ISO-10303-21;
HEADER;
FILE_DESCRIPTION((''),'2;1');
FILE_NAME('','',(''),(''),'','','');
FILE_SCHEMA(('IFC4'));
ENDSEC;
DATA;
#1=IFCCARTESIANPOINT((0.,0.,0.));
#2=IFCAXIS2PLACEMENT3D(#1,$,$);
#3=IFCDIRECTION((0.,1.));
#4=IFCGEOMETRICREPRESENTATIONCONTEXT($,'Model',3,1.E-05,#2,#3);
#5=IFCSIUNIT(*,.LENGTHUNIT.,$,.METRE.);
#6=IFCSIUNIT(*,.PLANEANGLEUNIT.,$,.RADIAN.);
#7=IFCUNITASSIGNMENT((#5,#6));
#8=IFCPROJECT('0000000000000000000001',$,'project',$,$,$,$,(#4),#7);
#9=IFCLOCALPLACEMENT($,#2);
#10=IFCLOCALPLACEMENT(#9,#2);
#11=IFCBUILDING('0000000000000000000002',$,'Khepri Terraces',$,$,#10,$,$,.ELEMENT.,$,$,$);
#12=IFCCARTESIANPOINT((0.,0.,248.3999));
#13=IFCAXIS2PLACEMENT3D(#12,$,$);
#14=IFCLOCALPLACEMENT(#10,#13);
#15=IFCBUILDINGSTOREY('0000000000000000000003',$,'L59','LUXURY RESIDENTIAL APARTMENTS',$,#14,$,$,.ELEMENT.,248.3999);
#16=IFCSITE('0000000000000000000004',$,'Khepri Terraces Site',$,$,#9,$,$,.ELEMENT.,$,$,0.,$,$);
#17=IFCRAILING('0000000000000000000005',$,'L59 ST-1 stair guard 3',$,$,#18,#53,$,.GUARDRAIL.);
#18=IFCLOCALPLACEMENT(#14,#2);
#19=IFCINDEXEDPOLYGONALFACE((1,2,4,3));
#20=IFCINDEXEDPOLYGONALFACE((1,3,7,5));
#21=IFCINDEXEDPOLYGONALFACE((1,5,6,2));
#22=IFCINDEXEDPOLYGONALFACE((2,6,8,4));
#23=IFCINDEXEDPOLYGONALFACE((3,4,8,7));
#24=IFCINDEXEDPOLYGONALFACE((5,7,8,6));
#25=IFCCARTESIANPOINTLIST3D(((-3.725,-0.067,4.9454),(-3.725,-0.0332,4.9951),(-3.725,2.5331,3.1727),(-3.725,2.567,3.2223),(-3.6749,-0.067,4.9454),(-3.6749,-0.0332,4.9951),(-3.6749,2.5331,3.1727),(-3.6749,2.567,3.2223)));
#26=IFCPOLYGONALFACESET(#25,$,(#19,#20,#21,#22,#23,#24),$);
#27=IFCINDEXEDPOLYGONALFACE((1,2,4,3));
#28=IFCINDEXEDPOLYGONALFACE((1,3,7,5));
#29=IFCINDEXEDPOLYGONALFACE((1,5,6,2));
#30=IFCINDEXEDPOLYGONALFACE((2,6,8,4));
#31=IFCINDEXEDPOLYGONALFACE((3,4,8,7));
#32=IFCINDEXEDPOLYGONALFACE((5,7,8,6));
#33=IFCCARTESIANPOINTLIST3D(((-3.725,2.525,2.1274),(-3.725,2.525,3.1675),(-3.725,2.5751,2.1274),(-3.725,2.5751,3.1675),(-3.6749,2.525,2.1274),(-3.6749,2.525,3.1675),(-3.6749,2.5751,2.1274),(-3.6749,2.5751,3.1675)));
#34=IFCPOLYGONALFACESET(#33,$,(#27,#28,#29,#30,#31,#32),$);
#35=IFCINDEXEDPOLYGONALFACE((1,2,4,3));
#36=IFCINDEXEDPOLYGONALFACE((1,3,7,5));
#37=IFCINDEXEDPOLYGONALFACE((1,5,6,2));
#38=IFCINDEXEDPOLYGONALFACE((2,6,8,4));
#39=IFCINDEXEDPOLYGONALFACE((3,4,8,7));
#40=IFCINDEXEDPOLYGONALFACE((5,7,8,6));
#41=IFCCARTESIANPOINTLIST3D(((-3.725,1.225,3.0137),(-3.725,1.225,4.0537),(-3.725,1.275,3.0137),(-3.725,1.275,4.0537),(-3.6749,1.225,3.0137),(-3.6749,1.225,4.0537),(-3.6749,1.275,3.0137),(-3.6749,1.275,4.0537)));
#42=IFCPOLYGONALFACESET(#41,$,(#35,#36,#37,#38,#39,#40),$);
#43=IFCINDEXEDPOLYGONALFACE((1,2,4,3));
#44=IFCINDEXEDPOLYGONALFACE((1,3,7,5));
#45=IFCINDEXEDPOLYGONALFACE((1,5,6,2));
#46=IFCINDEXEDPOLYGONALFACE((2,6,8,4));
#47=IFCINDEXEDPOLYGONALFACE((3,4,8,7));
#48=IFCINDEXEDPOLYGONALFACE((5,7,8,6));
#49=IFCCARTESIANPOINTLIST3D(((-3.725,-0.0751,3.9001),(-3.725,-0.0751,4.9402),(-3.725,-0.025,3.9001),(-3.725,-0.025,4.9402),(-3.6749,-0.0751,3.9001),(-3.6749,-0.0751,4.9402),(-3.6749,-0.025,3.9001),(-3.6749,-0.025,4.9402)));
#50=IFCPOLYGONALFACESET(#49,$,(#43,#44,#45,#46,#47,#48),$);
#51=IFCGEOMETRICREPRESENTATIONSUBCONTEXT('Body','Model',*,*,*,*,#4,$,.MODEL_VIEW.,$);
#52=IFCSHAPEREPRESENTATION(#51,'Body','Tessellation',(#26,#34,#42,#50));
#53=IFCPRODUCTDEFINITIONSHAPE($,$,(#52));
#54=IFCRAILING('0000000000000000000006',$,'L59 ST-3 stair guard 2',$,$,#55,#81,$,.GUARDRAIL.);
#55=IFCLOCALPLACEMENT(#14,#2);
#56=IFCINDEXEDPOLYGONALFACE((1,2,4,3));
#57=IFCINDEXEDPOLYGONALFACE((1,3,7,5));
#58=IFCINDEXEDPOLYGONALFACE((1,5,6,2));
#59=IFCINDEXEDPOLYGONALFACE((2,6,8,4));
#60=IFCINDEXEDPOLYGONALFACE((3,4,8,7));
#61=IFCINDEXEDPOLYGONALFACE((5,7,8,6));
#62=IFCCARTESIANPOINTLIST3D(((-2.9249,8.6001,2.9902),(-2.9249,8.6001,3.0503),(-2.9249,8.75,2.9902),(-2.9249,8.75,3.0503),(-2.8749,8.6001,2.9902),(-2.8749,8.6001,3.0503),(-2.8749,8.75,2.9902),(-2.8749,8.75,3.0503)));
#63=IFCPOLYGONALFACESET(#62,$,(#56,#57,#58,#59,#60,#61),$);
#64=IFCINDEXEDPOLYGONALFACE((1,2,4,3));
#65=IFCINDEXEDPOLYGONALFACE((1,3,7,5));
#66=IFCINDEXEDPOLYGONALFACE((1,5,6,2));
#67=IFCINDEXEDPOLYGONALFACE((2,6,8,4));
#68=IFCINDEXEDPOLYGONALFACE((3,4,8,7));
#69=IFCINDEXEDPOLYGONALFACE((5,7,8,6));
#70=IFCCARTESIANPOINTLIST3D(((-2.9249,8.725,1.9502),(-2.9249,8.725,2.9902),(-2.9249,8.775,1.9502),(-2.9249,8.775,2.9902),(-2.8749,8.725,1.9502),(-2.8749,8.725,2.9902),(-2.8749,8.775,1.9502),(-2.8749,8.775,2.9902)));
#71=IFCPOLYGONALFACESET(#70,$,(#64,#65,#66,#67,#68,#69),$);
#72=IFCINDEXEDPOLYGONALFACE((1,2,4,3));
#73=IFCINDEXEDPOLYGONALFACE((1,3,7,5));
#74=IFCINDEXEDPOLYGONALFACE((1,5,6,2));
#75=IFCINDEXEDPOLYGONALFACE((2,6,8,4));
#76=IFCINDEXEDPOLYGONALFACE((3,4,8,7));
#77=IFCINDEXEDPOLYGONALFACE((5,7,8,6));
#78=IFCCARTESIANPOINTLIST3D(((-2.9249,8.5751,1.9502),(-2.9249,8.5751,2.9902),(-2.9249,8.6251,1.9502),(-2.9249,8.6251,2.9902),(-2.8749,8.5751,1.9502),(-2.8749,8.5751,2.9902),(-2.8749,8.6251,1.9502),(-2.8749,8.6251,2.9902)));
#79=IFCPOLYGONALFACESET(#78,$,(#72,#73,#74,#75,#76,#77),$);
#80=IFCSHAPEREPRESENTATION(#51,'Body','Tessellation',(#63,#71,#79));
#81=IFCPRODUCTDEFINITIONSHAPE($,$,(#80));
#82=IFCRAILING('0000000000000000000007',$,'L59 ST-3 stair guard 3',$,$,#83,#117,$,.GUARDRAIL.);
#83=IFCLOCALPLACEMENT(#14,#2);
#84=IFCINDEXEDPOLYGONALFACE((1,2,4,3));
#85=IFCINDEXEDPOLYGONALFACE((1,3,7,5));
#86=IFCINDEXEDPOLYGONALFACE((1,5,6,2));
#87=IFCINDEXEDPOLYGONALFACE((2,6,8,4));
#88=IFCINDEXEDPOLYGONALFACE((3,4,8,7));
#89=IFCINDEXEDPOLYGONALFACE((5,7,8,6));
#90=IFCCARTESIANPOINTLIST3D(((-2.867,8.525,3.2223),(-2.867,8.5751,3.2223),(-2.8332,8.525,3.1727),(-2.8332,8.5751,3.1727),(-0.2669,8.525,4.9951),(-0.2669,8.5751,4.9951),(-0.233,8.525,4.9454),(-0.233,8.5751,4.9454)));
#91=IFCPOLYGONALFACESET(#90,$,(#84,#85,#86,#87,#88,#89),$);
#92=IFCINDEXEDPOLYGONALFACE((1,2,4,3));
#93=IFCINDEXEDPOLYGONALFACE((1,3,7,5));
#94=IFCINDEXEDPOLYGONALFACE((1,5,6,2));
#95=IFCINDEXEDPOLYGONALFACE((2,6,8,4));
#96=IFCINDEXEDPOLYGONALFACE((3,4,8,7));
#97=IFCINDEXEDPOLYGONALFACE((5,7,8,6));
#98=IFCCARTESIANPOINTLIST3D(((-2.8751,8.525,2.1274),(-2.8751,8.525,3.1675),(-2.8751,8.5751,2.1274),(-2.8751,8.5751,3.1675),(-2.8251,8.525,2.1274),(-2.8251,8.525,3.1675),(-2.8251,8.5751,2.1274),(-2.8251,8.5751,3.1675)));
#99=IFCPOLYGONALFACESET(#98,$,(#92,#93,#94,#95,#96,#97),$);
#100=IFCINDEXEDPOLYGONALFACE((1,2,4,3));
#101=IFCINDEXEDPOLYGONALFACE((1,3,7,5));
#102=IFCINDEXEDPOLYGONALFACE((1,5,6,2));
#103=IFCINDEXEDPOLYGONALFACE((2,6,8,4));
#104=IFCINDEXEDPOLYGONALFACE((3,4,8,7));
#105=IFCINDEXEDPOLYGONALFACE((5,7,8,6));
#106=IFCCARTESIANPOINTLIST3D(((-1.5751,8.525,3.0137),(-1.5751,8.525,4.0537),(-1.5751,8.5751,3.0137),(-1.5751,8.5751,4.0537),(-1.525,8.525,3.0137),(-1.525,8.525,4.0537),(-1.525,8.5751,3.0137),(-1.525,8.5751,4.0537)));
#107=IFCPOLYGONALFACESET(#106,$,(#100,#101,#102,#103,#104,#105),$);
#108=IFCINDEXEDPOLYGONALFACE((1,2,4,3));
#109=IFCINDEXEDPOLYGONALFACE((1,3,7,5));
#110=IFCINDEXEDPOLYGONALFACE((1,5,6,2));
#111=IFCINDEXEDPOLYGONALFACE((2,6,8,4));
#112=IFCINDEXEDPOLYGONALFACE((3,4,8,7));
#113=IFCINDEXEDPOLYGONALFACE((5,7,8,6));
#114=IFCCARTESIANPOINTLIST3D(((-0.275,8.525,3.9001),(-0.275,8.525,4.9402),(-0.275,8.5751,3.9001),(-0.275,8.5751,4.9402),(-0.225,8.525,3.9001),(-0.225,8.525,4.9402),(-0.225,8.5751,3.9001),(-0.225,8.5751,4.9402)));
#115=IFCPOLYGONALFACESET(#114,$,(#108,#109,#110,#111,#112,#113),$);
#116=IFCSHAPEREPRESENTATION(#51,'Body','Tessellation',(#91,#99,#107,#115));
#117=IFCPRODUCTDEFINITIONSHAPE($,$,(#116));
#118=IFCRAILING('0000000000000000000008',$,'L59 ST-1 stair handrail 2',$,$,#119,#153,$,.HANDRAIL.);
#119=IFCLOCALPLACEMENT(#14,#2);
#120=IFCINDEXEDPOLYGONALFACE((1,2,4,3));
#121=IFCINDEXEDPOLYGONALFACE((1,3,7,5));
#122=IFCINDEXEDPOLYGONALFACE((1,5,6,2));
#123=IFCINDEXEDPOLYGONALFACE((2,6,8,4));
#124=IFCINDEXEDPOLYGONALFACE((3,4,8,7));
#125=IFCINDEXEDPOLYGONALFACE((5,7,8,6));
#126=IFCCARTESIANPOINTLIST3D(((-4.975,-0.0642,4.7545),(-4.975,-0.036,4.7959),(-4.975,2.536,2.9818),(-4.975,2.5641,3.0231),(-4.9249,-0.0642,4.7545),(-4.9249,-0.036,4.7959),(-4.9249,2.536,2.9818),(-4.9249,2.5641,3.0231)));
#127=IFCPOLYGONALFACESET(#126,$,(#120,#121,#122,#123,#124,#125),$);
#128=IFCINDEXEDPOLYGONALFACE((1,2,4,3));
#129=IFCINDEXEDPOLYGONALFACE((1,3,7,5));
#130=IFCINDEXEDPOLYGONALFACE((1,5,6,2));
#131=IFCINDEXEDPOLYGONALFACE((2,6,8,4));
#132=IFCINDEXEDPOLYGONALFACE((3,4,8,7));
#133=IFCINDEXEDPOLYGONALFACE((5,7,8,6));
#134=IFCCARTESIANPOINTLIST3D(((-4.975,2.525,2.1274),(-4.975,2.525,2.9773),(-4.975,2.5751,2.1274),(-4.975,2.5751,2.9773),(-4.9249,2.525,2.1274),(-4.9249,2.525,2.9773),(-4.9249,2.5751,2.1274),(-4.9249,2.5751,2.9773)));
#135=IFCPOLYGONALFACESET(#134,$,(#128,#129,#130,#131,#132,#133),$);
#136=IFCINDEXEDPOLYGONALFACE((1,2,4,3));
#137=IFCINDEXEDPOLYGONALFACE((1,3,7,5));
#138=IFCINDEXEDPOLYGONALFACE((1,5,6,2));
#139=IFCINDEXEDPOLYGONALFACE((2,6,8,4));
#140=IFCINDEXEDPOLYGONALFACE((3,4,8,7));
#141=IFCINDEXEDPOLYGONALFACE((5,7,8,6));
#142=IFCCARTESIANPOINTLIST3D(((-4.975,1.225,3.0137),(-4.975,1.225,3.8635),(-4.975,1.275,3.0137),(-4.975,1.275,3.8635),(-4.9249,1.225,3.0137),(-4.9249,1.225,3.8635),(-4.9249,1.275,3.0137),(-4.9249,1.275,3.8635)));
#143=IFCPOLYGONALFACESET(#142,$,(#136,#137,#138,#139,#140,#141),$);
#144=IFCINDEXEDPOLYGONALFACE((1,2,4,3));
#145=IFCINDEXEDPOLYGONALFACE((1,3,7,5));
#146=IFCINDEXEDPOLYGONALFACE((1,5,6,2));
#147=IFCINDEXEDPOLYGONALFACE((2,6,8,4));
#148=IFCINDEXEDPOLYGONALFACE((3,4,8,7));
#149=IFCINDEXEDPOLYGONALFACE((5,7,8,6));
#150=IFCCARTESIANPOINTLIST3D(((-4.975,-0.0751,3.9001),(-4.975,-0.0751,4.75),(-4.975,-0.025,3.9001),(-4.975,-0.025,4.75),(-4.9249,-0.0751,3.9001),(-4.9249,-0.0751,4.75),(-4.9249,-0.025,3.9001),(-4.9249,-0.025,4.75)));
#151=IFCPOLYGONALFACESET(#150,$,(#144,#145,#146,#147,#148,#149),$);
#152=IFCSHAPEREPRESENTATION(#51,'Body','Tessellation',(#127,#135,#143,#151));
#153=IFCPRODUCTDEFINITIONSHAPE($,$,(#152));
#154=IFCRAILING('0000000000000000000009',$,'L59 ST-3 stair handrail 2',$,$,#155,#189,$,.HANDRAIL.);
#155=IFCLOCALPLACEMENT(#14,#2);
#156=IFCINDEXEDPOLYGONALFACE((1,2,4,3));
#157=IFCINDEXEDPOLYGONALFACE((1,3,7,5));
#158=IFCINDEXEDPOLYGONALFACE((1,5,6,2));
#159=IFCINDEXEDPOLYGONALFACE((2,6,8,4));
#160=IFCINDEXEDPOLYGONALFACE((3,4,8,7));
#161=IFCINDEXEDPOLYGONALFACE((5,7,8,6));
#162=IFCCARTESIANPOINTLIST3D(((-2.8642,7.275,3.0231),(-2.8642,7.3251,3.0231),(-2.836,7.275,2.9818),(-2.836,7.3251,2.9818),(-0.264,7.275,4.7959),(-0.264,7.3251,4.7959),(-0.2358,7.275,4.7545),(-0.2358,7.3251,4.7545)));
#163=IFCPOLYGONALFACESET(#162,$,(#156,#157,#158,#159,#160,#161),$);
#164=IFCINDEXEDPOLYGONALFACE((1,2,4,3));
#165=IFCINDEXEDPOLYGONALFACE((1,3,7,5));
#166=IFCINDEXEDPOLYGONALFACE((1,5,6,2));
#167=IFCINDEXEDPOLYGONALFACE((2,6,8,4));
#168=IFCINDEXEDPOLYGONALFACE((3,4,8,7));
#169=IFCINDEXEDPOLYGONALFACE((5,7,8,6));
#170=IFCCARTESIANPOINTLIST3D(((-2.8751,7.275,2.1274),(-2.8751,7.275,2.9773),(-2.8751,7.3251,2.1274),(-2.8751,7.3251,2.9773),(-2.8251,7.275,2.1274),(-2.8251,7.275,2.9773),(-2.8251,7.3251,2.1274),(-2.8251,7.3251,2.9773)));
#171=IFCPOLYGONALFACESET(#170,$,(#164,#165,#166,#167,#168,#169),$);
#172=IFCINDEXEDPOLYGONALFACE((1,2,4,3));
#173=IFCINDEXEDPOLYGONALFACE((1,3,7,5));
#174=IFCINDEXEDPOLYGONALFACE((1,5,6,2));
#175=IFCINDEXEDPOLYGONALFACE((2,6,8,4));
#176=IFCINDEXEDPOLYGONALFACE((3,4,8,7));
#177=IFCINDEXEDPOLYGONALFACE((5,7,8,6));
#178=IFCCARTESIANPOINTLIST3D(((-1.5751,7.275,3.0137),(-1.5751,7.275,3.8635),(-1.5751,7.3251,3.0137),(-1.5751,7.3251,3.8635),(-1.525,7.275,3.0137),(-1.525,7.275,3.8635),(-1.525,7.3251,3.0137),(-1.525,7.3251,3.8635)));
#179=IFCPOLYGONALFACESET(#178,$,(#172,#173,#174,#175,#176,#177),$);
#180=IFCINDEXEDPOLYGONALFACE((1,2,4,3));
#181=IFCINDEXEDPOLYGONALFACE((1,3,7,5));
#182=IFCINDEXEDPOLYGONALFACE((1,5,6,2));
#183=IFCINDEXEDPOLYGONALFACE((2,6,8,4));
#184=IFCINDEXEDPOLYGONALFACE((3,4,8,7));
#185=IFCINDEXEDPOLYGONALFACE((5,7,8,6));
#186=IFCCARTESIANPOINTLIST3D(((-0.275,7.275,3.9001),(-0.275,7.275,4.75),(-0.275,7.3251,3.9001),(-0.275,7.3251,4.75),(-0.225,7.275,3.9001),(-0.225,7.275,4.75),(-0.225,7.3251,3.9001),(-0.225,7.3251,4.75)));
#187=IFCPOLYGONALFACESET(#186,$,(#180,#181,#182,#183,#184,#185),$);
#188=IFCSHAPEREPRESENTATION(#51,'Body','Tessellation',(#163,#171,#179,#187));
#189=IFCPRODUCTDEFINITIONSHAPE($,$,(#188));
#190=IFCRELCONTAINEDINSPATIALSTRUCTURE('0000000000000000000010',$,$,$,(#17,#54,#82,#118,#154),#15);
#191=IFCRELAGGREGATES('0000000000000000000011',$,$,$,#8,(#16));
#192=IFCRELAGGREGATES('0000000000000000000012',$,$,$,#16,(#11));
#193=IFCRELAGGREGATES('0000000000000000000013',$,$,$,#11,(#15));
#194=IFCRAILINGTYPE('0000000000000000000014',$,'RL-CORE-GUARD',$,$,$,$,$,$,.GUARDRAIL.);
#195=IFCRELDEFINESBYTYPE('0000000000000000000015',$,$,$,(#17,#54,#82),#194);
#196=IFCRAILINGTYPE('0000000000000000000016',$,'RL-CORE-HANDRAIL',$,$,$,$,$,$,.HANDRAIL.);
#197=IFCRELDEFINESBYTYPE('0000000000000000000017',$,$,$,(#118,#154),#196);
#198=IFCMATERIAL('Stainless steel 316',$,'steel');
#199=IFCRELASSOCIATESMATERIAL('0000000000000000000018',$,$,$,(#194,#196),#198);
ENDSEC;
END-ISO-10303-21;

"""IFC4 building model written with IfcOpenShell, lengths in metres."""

from ifc_helpers import new_model, si_unit, direction, frame, origin, origin_2d, place, context, subcontext, project, spatial, rectangle, extrude, material, type_object, element, save


model = new_model("IFC4")

# Units and contexts
model_context = context("Model", 3, precision=1e-05, world=origin(), true_north=direction((0.0, 1.0)))
body_context = subcontext(model_context, "Body", "Model", "MODEL_VIEW")
ifc_project = project(units=[si_unit("LENGTHUNIT", "METRE"), si_unit("PLANEANGLEUNIT", "RADIAN")], contexts=[model_context])

# Site, building, storey
site_placement = place(None, origin())
site = spatial("IfcSite", under=ifc_project, at=site_placement, Name="Khepri Terraces Site", CompositionType="ELEMENT", RefElevation=0.0)
building_placement = place(site_placement, origin())
building = spatial("IfcBuilding", under=site, at=building_placement, Name="Khepri Terraces", CompositionType="ELEMENT")
storey_placement = place(building_placement, frame((0.0, 0.0, 248.3999)))
storey = spatial("IfcBuildingStorey", under=building, at=storey_placement, Name="L59", Description="LUXURY RESIDENTIAL APARTMENTS", CompositionType="ELEMENT", Elevation=248.3999)

# Railings
ifc_material_1 = material(Name="Stainless steel 316", Category="steel")
railing_type_1 = type_object("IfcRailingType", Name="RL-CORE-GUARD", PredefinedType="GUARDRAIL", material=ifc_material_1)
railing_1_placement = place(storey_placement, frame((-3.7, 2.55, 2.1274)))
element("IfcRailing", 1, at=railing_1_placement, inside=storey, type_object=railing_type_1, Name="L59 ST-1 stair guard 3", PredefinedType="GUARDRAIL", context=body_context, shape_type="SweptSolid", body=[
    extrude(rectangle(XDim=0.05, YDim=0.0601, at=origin_2d()), frame((0.0, 0.0, 1.0701), z_axis=(0.0, -0.82624, 0.563318), x_axis=(1.0, 0.0, 0.0)), (0.0, 0.0, 1.0), 3.147),
    extrude(rectangle(XDim=0.05, YDim=0.05, at=origin_2d()), origin(), (0.0, 0.0, 1.0), 1.04),
    extrude(rectangle(XDim=0.05, YDim=0.05, at=origin_2d()), frame((0.0, -1.3, 0.8862)), (0.0, 0.0, 1.0), 1.04),
    extrude(rectangle(XDim=0.05, YDim=0.05, at=origin_2d()), frame((0.0, -2.6001, 1.7727)), (0.0, 0.0, 1.0), 1.04),
])
railing_2_placement = place(storey_placement, frame((-2.8999, 8.75, 1.9502)))
element("IfcRailing", 2, at=railing_2_placement, inside=storey, type_object=railing_type_1, Name="L59 ST-3 stair guard 2", PredefinedType="GUARDRAIL", context=body_context, shape_type="SweptSolid", body=[
    extrude(rectangle(XDim=0.05, YDim=0.0601, at=origin_2d()), frame((0.0, 0.0, 1.0701), z_axis=(0.0, -1.0, 0.0), x_axis=(1.0, 0.0, 0.0)), (0.0, 0.0, 1.0), 0.1499),
    extrude(rectangle(XDim=0.05, YDim=0.05, at=origin_2d()), origin(), (0.0, 0.0, 1.0), 1.04),
    extrude(rectangle(XDim=0.05, YDim=0.05, at=origin_2d()), frame((0.0, -0.1499, 0.0)), (0.0, 0.0, 1.0), 1.04),
])
railing_3_placement = place(storey_placement, frame((-2.8501, 8.55, 2.1274)))
element("IfcRailing", 3, at=railing_3_placement, inside=storey, type_object=railing_type_1, Name="L59 ST-3 stair guard 3", PredefinedType="GUARDRAIL", context=body_context, shape_type="SweptSolid", body=[
    extrude(rectangle(XDim=0.05, YDim=0.0601, at=origin_2d()), frame((0.0, 0.0, 1.0701), z_axis=(0.82624, 0.0, 0.563318), x_axis=(0.0, 1.0, 0.0)), (0.0, 0.0, 1.0), 3.147),
    extrude(rectangle(XDim=0.05, YDim=0.05, at=origin_2d()), origin(), (0.0, 0.0, 1.0), 1.04),
    extrude(rectangle(XDim=0.05, YDim=0.05, at=origin_2d()), frame((1.3, 0.0, 0.8862)), (0.0, 0.0, 1.0), 1.04),
    extrude(rectangle(XDim=0.05, YDim=0.05, at=origin_2d()), frame((2.6001, 0.0, 1.7727)), (0.0, 0.0, 1.0), 1.04),
])
railing_type_2 = type_object("IfcRailingType", Name="RL-CORE-HANDRAIL", PredefinedType="HANDRAIL", material=ifc_material_1)
railing_4_placement = place(storey_placement, frame((-4.95, 2.55, 2.1274)))
element("IfcRailing", 4, at=railing_4_placement, inside=storey, type_object=railing_type_2, Name="L59 ST-1 stair handrail 2", PredefinedType="HANDRAIL", context=body_context, shape_type="SweptSolid", body=[
    extrude(rectangle(XDim=0.05, YDim=0.05, at=origin_2d()), frame((0.0, 0.0, 0.875), z_axis=(0.0, -0.82624, 0.563318), x_axis=(1.0, 0.0, 0.0)), (0.0, 0.0, 1.0), 3.147),
    extrude(rectangle(XDim=0.05, YDim=0.05, at=origin_2d()), origin(), (0.0, 0.0, 1.0), 0.8499),
    extrude(rectangle(XDim=0.05, YDim=0.05, at=origin_2d()), frame((0.0, -1.3, 0.8862)), (0.0, 0.0, 1.0), 0.8499),
    extrude(rectangle(XDim=0.05, YDim=0.05, at=origin_2d()), frame((0.0, -2.6001, 1.7727)), (0.0, 0.0, 1.0), 0.8499),
])
railing_5_placement = place(storey_placement, frame((-2.8501, 7.3, 2.1274)))
element("IfcRailing", 5, at=railing_5_placement, inside=storey, type_object=railing_type_2, Name="L59 ST-3 stair handrail 2", PredefinedType="HANDRAIL", context=body_context, shape_type="SweptSolid", body=[
    extrude(rectangle(XDim=0.05, YDim=0.05, at=origin_2d()), frame((0.0, 0.0, 0.875), z_axis=(0.82624, 0.0, 0.563318), x_axis=(0.0, 1.0, 0.0)), (0.0, 0.0, 1.0), 3.147),
    extrude(rectangle(XDim=0.05, YDim=0.05, at=origin_2d()), origin(), (0.0, 0.0, 1.0), 0.8499),
    extrude(rectangle(XDim=0.05, YDim=0.05, at=origin_2d()), frame((1.3, 0.0, 0.8862)), (0.0, 0.0, 1.0), 0.8499),
    extrude(rectangle(XDim=0.05, YDim=0.05, at=origin_2d()), frame((2.6001, 0.0, 1.7727)), (0.0, 0.0, 1.0), 0.8499),
])

save(model, "model.ifc")
